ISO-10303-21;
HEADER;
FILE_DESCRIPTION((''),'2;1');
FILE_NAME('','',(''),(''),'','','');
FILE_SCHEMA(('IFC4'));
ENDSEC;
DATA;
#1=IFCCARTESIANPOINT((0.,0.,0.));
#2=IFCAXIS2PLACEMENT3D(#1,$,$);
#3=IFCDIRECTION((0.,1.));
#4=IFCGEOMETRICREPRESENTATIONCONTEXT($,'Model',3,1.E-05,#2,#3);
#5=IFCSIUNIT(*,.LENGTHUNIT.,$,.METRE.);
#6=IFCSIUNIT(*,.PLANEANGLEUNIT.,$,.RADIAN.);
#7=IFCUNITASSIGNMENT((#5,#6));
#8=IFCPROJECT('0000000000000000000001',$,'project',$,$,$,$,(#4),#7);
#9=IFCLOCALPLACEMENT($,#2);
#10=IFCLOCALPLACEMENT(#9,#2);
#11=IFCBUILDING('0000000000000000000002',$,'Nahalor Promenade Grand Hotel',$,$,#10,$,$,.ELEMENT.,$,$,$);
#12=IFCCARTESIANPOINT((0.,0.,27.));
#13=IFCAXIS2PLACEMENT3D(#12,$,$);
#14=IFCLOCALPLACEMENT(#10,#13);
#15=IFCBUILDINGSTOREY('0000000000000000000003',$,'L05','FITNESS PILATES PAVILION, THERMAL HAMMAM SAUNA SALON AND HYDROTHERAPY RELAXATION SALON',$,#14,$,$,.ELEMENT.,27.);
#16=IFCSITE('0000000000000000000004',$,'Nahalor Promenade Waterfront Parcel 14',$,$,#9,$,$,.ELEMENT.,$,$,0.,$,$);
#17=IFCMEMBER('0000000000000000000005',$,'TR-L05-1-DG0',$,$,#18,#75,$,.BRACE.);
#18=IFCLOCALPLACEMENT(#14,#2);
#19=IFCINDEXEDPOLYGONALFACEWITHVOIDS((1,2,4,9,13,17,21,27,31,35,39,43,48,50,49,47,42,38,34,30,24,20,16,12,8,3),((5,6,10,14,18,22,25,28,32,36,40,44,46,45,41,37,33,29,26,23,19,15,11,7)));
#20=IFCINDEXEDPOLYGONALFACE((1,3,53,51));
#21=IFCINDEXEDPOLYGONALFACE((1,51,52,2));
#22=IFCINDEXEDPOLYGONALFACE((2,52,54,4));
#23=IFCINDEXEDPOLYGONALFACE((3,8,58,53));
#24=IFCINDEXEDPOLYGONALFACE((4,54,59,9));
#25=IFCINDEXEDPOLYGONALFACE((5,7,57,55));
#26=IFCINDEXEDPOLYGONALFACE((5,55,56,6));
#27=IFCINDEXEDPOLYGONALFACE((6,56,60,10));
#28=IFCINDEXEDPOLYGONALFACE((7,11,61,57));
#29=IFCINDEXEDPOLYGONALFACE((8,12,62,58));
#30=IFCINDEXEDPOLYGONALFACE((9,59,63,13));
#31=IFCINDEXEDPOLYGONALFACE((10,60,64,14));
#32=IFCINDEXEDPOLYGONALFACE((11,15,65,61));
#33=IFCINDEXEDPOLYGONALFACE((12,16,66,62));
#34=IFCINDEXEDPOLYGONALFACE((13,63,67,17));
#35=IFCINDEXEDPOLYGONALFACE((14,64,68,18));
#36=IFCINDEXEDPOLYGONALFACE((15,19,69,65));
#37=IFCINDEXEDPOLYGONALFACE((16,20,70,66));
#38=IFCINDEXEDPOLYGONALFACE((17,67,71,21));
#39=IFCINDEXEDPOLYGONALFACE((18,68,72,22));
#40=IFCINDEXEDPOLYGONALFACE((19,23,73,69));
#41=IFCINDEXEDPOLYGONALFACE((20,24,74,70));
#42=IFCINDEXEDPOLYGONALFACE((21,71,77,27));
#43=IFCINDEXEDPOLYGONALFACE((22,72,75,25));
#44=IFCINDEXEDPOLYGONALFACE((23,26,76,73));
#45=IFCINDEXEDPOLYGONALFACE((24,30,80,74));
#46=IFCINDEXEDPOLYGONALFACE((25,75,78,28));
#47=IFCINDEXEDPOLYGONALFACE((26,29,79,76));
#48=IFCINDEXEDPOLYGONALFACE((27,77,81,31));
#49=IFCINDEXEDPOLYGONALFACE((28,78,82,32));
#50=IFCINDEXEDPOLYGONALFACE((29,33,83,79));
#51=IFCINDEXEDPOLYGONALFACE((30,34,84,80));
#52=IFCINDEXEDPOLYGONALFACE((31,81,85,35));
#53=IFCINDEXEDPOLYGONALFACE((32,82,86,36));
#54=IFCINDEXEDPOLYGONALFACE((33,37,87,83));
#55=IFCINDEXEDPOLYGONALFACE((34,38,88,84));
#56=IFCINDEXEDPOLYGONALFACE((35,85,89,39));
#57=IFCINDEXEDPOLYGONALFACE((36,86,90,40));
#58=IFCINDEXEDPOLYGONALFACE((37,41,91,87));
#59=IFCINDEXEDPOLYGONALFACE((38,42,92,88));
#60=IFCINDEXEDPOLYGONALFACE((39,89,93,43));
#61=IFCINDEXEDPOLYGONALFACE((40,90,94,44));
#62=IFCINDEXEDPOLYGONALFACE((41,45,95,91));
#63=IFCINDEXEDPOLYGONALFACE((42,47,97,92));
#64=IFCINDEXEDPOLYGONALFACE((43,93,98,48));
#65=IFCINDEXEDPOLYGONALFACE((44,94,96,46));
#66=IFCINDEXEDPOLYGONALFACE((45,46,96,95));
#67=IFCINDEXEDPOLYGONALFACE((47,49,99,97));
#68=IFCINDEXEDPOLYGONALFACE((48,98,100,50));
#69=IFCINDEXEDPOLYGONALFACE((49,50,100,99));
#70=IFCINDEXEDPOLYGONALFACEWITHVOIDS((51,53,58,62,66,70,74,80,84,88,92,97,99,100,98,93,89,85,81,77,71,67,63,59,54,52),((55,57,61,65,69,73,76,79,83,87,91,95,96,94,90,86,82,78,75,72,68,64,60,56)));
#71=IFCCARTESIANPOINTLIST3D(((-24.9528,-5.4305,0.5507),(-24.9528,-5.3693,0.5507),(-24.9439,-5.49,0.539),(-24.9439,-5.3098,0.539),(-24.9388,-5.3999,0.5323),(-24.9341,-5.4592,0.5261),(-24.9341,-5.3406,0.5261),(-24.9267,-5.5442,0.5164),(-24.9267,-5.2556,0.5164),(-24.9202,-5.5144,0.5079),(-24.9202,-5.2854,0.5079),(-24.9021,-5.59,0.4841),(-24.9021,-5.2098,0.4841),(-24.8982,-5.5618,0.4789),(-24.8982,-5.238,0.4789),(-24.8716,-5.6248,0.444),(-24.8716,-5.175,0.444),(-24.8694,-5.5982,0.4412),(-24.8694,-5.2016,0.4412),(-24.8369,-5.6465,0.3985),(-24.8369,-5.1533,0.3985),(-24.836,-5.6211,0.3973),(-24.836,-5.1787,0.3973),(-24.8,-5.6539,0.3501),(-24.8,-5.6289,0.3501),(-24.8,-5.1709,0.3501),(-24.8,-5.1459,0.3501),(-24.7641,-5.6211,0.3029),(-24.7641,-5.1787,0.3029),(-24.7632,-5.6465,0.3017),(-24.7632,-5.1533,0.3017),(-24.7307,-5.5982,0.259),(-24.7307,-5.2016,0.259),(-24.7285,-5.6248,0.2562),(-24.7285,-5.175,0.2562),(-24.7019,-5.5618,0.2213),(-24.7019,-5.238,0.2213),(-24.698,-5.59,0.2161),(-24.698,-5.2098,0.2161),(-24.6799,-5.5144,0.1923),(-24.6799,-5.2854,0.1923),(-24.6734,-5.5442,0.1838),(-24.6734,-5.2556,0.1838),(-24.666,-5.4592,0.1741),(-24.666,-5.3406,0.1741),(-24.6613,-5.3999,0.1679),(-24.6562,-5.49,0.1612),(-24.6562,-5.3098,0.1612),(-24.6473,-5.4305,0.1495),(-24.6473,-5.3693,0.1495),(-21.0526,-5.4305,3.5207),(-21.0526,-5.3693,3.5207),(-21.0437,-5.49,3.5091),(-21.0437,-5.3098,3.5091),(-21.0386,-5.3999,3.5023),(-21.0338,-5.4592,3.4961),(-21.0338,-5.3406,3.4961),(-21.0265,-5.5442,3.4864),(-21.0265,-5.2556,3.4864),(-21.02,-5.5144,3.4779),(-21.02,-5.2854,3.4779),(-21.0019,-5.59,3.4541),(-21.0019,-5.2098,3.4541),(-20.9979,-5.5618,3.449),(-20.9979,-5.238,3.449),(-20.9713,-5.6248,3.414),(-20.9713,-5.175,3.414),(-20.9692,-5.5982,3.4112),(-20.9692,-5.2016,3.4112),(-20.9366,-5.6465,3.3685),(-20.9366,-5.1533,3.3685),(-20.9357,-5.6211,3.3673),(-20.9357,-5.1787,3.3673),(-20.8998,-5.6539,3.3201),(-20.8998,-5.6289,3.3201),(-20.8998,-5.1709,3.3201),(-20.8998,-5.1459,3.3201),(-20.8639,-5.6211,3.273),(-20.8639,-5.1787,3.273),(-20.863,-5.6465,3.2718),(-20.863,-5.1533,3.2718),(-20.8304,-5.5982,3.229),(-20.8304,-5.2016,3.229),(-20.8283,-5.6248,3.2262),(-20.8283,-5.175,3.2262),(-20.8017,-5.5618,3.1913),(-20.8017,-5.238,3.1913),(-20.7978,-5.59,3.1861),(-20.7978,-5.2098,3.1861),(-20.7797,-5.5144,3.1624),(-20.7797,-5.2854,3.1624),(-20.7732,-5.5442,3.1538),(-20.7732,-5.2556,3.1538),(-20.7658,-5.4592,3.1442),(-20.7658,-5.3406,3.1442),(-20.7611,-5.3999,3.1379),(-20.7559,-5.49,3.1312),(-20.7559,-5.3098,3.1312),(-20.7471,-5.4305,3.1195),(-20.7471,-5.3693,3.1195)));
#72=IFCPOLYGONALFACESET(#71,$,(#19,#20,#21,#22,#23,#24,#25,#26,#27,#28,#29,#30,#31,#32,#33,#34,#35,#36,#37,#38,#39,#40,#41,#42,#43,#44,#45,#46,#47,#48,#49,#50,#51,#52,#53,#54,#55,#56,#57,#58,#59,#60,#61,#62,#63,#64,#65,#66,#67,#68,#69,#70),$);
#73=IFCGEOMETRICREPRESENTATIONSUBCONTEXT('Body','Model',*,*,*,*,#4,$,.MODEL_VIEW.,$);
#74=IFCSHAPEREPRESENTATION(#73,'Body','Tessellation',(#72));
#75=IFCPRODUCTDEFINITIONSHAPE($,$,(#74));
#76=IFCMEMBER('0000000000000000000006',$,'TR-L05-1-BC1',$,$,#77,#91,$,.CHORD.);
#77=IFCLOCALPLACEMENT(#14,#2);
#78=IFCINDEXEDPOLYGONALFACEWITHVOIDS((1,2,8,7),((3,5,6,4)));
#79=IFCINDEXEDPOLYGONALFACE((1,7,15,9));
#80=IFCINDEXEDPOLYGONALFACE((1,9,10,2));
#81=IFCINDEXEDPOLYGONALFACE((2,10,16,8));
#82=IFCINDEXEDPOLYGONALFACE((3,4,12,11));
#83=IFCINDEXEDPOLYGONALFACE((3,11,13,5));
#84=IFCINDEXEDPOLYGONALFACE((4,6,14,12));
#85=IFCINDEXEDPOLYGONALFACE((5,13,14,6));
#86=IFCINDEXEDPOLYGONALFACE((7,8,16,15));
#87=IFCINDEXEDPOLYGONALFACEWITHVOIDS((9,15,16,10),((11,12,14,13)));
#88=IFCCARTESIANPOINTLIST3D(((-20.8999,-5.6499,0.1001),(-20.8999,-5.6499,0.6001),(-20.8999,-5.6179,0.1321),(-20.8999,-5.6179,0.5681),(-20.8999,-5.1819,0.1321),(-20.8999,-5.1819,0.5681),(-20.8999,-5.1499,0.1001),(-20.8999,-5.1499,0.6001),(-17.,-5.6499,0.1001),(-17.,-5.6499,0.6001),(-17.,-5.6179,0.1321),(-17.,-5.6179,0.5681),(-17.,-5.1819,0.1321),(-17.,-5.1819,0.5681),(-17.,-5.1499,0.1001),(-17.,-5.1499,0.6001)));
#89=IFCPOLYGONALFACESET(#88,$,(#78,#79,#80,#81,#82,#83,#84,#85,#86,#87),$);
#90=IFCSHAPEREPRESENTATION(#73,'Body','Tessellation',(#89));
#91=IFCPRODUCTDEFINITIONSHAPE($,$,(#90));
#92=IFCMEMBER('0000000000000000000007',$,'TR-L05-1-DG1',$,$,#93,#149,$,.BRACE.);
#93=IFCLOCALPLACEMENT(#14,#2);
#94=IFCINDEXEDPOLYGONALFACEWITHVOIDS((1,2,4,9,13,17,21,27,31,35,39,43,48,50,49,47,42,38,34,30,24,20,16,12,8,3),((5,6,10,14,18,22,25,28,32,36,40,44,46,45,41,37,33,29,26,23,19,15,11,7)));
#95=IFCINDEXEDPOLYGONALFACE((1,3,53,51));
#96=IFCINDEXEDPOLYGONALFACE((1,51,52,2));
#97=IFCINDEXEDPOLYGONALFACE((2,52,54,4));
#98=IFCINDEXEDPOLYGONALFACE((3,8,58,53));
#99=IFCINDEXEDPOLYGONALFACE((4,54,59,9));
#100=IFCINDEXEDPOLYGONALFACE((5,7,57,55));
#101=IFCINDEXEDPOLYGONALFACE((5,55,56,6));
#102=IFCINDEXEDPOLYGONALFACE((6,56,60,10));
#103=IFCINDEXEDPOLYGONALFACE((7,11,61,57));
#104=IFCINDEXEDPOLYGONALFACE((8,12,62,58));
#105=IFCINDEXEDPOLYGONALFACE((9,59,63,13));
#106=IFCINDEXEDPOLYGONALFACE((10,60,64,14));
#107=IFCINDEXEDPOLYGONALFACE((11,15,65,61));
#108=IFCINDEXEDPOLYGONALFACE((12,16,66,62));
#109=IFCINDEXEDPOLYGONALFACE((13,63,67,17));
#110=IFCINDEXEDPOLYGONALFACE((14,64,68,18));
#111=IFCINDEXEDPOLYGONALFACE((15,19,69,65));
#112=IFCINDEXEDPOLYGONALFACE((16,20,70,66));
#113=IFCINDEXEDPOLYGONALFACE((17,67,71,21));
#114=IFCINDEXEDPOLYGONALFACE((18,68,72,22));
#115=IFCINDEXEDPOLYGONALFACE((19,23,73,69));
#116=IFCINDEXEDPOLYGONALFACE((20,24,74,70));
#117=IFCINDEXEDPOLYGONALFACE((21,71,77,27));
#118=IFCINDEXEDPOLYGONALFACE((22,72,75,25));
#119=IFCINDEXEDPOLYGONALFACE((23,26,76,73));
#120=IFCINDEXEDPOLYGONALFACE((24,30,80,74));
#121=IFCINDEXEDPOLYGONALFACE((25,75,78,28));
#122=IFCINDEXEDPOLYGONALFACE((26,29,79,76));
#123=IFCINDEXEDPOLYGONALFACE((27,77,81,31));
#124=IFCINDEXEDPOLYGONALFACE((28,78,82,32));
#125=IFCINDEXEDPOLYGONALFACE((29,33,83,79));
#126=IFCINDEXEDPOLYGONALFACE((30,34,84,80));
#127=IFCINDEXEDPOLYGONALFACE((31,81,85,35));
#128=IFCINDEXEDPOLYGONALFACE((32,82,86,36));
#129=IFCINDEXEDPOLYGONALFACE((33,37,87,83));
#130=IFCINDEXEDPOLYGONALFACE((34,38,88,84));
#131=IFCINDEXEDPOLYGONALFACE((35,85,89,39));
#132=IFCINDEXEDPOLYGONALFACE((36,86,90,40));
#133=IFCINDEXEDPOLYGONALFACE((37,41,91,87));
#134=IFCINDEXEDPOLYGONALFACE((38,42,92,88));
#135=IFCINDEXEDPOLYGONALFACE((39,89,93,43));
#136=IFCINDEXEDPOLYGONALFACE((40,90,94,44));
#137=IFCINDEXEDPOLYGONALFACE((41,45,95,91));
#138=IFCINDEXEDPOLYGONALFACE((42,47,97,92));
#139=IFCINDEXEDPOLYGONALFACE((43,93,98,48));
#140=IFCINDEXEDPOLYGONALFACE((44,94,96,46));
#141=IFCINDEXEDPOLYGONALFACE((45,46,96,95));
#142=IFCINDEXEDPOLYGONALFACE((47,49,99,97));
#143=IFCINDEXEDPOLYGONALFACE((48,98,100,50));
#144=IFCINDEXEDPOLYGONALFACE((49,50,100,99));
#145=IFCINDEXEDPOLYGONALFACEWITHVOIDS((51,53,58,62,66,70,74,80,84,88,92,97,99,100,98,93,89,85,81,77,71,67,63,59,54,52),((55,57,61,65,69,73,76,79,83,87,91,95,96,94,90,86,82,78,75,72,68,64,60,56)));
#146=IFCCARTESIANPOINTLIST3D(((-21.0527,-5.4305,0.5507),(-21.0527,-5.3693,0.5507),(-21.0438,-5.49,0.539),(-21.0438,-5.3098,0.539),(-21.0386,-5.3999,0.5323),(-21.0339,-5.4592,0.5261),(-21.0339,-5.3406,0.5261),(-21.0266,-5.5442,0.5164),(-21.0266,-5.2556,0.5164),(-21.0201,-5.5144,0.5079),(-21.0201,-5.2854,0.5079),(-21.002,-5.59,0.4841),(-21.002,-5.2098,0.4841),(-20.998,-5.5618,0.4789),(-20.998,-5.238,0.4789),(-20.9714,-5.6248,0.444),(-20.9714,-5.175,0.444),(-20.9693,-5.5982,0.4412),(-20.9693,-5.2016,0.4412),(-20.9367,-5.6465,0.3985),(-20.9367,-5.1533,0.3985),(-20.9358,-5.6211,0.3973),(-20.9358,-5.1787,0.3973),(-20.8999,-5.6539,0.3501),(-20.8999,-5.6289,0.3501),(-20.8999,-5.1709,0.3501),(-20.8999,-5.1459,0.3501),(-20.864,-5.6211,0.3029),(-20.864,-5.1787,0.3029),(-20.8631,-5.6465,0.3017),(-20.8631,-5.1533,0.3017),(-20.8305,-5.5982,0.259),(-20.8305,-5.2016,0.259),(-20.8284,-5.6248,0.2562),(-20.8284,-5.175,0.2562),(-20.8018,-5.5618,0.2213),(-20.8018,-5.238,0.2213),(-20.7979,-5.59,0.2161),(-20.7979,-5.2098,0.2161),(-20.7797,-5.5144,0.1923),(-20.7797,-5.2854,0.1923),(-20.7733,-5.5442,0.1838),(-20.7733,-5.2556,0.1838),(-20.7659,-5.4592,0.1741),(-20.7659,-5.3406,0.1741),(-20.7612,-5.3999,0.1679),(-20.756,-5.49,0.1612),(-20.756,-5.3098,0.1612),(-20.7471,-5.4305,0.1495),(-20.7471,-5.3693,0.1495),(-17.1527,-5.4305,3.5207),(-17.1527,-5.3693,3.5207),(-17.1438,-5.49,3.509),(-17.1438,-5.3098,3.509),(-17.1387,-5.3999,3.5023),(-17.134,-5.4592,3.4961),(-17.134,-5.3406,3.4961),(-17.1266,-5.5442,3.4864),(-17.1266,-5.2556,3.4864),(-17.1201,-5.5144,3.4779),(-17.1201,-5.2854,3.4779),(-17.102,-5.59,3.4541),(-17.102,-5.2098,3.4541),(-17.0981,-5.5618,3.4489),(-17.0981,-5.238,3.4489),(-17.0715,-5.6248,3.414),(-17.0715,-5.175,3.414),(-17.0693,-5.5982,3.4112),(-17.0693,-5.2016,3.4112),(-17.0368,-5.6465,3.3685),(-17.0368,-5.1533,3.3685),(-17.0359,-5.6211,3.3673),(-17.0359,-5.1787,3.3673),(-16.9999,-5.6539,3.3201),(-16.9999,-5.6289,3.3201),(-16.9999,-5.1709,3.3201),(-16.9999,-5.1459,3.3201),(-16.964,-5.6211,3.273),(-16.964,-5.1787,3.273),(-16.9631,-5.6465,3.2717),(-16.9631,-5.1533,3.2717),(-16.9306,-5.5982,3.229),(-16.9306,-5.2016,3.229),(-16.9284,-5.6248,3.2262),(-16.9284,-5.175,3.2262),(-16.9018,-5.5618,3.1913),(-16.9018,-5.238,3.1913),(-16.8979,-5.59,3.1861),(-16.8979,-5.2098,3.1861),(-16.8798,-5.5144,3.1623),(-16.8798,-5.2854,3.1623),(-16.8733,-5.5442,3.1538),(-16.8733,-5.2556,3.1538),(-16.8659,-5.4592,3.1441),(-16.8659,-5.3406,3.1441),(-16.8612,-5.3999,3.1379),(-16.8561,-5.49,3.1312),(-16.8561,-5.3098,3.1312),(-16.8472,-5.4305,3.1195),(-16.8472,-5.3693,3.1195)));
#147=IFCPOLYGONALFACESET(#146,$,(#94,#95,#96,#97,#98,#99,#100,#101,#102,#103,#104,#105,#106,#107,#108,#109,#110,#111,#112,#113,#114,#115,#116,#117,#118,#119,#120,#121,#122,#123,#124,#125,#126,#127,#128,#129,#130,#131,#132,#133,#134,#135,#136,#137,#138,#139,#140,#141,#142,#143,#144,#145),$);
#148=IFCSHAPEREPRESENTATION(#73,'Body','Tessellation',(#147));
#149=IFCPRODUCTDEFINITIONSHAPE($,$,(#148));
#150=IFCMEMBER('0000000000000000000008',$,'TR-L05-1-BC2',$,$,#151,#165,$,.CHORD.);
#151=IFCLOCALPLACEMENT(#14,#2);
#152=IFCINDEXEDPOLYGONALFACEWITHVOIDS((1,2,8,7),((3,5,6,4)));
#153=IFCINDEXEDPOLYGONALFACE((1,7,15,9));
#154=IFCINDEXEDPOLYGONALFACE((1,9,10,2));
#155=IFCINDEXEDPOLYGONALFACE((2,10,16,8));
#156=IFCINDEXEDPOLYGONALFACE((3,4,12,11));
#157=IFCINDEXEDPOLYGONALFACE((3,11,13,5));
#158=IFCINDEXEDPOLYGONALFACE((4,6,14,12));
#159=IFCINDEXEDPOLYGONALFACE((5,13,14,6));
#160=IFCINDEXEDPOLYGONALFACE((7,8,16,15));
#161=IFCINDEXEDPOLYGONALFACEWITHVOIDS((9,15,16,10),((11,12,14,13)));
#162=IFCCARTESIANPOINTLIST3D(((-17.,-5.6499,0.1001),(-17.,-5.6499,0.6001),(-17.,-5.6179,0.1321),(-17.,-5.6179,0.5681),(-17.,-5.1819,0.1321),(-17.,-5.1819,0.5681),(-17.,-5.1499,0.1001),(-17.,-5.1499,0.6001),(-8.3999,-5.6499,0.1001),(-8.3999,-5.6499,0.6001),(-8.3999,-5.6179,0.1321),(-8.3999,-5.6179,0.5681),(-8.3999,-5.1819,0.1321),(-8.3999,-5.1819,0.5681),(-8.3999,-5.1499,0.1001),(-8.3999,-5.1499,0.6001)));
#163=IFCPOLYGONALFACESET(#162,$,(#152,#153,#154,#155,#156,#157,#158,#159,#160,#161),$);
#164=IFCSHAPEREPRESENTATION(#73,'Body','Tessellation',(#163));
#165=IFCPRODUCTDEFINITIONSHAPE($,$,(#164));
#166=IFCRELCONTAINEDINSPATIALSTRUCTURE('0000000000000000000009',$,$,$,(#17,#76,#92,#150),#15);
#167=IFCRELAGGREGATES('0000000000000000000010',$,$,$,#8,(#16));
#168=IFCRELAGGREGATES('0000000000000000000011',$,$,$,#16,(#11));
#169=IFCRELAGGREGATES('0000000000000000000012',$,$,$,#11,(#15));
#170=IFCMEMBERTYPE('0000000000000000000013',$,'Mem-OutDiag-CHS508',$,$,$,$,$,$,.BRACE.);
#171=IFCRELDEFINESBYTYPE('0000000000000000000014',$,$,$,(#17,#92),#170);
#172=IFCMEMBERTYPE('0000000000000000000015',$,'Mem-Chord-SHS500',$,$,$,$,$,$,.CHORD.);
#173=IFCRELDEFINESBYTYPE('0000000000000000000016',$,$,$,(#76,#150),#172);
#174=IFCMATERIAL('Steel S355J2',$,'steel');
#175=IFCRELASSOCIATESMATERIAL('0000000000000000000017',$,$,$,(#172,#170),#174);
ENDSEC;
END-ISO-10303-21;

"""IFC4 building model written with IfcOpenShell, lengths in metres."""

from ifc_helpers import new_model, si_unit, direction, frame, origin, origin_2d, place, context, subcontext, project, spatial, hollow_rectangle, hollow_circle, extrude, source, transform, mapped, material, material_profile, profile_set, type_object, element, save


model = new_model("IFC4")

# Units and contexts
model_context = context("Model", 3, precision=1e-05, world=origin(), true_north=direction((0.0, 1.0)))
body_context = subcontext(model_context, "Body", "Model", "MODEL_VIEW")
ifc_project = project(units=[si_unit("LENGTHUNIT", "METRE"), si_unit("PLANEANGLEUNIT", "RADIAN")], contexts=[model_context])

# Site, building, storey
site_placement = place(None, origin())
site = spatial("IfcSite", under=ifc_project, at=site_placement, Name="Nahalor Promenade Waterfront Parcel 14", CompositionType="ELEMENT", RefElevation=0.0)
building_placement = place(site_placement, origin())
building = spatial("IfcBuilding", under=site, at=building_placement, Name="Nahalor Promenade Grand Hotel", CompositionType="ELEMENT")
storey_placement = place(building_placement, frame((0.0, 0.0, 27.0)))
storey = spatial("IfcBuildingStorey", under=building, at=storey_placement, Name="L05", Description="FITNESS PILATES PAVILION, THERMAL HAMMAM SAUNA SALON AND HYDROTHERAPY RELAXATION SALON", CompositionType="ELEMENT", Elevation=27.0)

# Shared definitions
ifc_material_1 = material(Name="Steel S355J2", Category="steel")

# Members
ifc_material_profile_1 = material_profile(ifc_material_1, hollow_rectangle(XDim=0.5, YDim=0.5, WallThickness=0.032, at=origin_2d()), Name="SHS 500x500x32")
ifc_profile_set_1 = profile_set([ifc_material_profile_1], Name="Steel S355J2")
member_type_1 = type_object("IfcMemberType", Name="Mem-Chord-SHS500", PredefinedType="CHORD", material=ifc_profile_set_1)
ifc_material_profile_2 = material_profile(ifc_material_1, hollow_circle(Radius=0.254, WallThickness=0.025, at=origin_2d()), Name="CHS 508x25")
ifc_profile_set_2 = profile_set([ifc_material_profile_2], Name="Steel S355J2")
member_type_2 = type_object("IfcMemberType", Name="Mem-OutDiag-CHS508", PredefinedType="BRACE", material=ifc_profile_set_2)
shared_shape_1 = source(origin(), body_context, "Body", "SweptSolid", [
    extrude(hollow_circle(Radius=0.254, WallThickness=0.025, at=origin_2d()), origin(), (0.0, 0.0, 1.0), 4.9023),
])
member_1_placement = place(storey_placement, frame((-24.8, -5.3999, 0.3501), z_axis=(0.795586, 0.0, 0.605841), x_axis=(0.0, 1.0, 0.0)))
element("IfcMember", 1, at=member_1_placement, inside=storey, type_object=member_type_2, Name="TR-L05-1-DG0", PredefinedType="BRACE", context=body_context, shape_type="MappedRepresentation", body=[
    mapped(shared_shape_1, transform((0.0, 0.0, 0.0), scale=1.0)),
])
shared_shape_2 = source(origin(), body_context, "Body", "SweptSolid", [
    extrude(hollow_rectangle(XDim=0.5, YDim=0.5, WallThickness=0.032, at=origin_2d()), origin(), (0.0, 0.0, 1.0), 3.8999),
])
member_2_placement = place(storey_placement, frame((-20.8999, -5.3999, 0.3501), z_axis=(1.0, 0.0, 0.0), x_axis=(0.0, 1.0, 0.0)))
element("IfcMember", 2, at=member_2_placement, inside=storey, type_object=member_type_1, Name="TR-L05-1-BC1", PredefinedType="CHORD", context=body_context, shape_type="MappedRepresentation", body=[
    mapped(shared_shape_2, transform((0.0, 0.0, 0.0), scale=1.0)),
])
shared_shape_3 = source(origin(), body_context, "Body", "SweptSolid", [
    extrude(hollow_circle(Radius=0.254, WallThickness=0.025, at=origin_2d()), origin(), (0.0, 0.0, 1.0), 4.9021),
])
member_3_placement = place(storey_placement, frame((-20.8999, -5.3999, 0.3501), z_axis=(0.795568, 0.0, 0.605865), x_axis=(0.0, 1.0, 0.0)))
element("IfcMember", 3, at=member_3_placement, inside=storey, type_object=member_type_2, Name="TR-L05-1-DG1", PredefinedType="BRACE", context=body_context, shape_type="MappedRepresentation", body=[
    mapped(shared_shape_3, transform((0.0, 0.0, 0.0), scale=1.0)),
])
shared_shape_4 = source(origin(), body_context, "Body", "SweptSolid", [
    extrude(hollow_rectangle(XDim=0.5, YDim=0.5, WallThickness=0.032, at=origin_2d()), origin(), (0.0, 0.0, 1.0), 8.6001),
])
member_4_placement = place(storey_placement, frame((-17.0, -5.3999, 0.3501), z_axis=(1.0, 0.0, 0.0), x_axis=(0.0, 1.0, 0.0)))
element("IfcMember", 4, at=member_4_placement, inside=storey, type_object=member_type_1, Name="TR-L05-1-BC2", PredefinedType="CHORD", context=body_context, shape_type="MappedRepresentation", body=[
    mapped(shared_shape_4, transform((0.0, 0.0, 0.0), scale=1.0)),
])

save(model, "model.ifc")
